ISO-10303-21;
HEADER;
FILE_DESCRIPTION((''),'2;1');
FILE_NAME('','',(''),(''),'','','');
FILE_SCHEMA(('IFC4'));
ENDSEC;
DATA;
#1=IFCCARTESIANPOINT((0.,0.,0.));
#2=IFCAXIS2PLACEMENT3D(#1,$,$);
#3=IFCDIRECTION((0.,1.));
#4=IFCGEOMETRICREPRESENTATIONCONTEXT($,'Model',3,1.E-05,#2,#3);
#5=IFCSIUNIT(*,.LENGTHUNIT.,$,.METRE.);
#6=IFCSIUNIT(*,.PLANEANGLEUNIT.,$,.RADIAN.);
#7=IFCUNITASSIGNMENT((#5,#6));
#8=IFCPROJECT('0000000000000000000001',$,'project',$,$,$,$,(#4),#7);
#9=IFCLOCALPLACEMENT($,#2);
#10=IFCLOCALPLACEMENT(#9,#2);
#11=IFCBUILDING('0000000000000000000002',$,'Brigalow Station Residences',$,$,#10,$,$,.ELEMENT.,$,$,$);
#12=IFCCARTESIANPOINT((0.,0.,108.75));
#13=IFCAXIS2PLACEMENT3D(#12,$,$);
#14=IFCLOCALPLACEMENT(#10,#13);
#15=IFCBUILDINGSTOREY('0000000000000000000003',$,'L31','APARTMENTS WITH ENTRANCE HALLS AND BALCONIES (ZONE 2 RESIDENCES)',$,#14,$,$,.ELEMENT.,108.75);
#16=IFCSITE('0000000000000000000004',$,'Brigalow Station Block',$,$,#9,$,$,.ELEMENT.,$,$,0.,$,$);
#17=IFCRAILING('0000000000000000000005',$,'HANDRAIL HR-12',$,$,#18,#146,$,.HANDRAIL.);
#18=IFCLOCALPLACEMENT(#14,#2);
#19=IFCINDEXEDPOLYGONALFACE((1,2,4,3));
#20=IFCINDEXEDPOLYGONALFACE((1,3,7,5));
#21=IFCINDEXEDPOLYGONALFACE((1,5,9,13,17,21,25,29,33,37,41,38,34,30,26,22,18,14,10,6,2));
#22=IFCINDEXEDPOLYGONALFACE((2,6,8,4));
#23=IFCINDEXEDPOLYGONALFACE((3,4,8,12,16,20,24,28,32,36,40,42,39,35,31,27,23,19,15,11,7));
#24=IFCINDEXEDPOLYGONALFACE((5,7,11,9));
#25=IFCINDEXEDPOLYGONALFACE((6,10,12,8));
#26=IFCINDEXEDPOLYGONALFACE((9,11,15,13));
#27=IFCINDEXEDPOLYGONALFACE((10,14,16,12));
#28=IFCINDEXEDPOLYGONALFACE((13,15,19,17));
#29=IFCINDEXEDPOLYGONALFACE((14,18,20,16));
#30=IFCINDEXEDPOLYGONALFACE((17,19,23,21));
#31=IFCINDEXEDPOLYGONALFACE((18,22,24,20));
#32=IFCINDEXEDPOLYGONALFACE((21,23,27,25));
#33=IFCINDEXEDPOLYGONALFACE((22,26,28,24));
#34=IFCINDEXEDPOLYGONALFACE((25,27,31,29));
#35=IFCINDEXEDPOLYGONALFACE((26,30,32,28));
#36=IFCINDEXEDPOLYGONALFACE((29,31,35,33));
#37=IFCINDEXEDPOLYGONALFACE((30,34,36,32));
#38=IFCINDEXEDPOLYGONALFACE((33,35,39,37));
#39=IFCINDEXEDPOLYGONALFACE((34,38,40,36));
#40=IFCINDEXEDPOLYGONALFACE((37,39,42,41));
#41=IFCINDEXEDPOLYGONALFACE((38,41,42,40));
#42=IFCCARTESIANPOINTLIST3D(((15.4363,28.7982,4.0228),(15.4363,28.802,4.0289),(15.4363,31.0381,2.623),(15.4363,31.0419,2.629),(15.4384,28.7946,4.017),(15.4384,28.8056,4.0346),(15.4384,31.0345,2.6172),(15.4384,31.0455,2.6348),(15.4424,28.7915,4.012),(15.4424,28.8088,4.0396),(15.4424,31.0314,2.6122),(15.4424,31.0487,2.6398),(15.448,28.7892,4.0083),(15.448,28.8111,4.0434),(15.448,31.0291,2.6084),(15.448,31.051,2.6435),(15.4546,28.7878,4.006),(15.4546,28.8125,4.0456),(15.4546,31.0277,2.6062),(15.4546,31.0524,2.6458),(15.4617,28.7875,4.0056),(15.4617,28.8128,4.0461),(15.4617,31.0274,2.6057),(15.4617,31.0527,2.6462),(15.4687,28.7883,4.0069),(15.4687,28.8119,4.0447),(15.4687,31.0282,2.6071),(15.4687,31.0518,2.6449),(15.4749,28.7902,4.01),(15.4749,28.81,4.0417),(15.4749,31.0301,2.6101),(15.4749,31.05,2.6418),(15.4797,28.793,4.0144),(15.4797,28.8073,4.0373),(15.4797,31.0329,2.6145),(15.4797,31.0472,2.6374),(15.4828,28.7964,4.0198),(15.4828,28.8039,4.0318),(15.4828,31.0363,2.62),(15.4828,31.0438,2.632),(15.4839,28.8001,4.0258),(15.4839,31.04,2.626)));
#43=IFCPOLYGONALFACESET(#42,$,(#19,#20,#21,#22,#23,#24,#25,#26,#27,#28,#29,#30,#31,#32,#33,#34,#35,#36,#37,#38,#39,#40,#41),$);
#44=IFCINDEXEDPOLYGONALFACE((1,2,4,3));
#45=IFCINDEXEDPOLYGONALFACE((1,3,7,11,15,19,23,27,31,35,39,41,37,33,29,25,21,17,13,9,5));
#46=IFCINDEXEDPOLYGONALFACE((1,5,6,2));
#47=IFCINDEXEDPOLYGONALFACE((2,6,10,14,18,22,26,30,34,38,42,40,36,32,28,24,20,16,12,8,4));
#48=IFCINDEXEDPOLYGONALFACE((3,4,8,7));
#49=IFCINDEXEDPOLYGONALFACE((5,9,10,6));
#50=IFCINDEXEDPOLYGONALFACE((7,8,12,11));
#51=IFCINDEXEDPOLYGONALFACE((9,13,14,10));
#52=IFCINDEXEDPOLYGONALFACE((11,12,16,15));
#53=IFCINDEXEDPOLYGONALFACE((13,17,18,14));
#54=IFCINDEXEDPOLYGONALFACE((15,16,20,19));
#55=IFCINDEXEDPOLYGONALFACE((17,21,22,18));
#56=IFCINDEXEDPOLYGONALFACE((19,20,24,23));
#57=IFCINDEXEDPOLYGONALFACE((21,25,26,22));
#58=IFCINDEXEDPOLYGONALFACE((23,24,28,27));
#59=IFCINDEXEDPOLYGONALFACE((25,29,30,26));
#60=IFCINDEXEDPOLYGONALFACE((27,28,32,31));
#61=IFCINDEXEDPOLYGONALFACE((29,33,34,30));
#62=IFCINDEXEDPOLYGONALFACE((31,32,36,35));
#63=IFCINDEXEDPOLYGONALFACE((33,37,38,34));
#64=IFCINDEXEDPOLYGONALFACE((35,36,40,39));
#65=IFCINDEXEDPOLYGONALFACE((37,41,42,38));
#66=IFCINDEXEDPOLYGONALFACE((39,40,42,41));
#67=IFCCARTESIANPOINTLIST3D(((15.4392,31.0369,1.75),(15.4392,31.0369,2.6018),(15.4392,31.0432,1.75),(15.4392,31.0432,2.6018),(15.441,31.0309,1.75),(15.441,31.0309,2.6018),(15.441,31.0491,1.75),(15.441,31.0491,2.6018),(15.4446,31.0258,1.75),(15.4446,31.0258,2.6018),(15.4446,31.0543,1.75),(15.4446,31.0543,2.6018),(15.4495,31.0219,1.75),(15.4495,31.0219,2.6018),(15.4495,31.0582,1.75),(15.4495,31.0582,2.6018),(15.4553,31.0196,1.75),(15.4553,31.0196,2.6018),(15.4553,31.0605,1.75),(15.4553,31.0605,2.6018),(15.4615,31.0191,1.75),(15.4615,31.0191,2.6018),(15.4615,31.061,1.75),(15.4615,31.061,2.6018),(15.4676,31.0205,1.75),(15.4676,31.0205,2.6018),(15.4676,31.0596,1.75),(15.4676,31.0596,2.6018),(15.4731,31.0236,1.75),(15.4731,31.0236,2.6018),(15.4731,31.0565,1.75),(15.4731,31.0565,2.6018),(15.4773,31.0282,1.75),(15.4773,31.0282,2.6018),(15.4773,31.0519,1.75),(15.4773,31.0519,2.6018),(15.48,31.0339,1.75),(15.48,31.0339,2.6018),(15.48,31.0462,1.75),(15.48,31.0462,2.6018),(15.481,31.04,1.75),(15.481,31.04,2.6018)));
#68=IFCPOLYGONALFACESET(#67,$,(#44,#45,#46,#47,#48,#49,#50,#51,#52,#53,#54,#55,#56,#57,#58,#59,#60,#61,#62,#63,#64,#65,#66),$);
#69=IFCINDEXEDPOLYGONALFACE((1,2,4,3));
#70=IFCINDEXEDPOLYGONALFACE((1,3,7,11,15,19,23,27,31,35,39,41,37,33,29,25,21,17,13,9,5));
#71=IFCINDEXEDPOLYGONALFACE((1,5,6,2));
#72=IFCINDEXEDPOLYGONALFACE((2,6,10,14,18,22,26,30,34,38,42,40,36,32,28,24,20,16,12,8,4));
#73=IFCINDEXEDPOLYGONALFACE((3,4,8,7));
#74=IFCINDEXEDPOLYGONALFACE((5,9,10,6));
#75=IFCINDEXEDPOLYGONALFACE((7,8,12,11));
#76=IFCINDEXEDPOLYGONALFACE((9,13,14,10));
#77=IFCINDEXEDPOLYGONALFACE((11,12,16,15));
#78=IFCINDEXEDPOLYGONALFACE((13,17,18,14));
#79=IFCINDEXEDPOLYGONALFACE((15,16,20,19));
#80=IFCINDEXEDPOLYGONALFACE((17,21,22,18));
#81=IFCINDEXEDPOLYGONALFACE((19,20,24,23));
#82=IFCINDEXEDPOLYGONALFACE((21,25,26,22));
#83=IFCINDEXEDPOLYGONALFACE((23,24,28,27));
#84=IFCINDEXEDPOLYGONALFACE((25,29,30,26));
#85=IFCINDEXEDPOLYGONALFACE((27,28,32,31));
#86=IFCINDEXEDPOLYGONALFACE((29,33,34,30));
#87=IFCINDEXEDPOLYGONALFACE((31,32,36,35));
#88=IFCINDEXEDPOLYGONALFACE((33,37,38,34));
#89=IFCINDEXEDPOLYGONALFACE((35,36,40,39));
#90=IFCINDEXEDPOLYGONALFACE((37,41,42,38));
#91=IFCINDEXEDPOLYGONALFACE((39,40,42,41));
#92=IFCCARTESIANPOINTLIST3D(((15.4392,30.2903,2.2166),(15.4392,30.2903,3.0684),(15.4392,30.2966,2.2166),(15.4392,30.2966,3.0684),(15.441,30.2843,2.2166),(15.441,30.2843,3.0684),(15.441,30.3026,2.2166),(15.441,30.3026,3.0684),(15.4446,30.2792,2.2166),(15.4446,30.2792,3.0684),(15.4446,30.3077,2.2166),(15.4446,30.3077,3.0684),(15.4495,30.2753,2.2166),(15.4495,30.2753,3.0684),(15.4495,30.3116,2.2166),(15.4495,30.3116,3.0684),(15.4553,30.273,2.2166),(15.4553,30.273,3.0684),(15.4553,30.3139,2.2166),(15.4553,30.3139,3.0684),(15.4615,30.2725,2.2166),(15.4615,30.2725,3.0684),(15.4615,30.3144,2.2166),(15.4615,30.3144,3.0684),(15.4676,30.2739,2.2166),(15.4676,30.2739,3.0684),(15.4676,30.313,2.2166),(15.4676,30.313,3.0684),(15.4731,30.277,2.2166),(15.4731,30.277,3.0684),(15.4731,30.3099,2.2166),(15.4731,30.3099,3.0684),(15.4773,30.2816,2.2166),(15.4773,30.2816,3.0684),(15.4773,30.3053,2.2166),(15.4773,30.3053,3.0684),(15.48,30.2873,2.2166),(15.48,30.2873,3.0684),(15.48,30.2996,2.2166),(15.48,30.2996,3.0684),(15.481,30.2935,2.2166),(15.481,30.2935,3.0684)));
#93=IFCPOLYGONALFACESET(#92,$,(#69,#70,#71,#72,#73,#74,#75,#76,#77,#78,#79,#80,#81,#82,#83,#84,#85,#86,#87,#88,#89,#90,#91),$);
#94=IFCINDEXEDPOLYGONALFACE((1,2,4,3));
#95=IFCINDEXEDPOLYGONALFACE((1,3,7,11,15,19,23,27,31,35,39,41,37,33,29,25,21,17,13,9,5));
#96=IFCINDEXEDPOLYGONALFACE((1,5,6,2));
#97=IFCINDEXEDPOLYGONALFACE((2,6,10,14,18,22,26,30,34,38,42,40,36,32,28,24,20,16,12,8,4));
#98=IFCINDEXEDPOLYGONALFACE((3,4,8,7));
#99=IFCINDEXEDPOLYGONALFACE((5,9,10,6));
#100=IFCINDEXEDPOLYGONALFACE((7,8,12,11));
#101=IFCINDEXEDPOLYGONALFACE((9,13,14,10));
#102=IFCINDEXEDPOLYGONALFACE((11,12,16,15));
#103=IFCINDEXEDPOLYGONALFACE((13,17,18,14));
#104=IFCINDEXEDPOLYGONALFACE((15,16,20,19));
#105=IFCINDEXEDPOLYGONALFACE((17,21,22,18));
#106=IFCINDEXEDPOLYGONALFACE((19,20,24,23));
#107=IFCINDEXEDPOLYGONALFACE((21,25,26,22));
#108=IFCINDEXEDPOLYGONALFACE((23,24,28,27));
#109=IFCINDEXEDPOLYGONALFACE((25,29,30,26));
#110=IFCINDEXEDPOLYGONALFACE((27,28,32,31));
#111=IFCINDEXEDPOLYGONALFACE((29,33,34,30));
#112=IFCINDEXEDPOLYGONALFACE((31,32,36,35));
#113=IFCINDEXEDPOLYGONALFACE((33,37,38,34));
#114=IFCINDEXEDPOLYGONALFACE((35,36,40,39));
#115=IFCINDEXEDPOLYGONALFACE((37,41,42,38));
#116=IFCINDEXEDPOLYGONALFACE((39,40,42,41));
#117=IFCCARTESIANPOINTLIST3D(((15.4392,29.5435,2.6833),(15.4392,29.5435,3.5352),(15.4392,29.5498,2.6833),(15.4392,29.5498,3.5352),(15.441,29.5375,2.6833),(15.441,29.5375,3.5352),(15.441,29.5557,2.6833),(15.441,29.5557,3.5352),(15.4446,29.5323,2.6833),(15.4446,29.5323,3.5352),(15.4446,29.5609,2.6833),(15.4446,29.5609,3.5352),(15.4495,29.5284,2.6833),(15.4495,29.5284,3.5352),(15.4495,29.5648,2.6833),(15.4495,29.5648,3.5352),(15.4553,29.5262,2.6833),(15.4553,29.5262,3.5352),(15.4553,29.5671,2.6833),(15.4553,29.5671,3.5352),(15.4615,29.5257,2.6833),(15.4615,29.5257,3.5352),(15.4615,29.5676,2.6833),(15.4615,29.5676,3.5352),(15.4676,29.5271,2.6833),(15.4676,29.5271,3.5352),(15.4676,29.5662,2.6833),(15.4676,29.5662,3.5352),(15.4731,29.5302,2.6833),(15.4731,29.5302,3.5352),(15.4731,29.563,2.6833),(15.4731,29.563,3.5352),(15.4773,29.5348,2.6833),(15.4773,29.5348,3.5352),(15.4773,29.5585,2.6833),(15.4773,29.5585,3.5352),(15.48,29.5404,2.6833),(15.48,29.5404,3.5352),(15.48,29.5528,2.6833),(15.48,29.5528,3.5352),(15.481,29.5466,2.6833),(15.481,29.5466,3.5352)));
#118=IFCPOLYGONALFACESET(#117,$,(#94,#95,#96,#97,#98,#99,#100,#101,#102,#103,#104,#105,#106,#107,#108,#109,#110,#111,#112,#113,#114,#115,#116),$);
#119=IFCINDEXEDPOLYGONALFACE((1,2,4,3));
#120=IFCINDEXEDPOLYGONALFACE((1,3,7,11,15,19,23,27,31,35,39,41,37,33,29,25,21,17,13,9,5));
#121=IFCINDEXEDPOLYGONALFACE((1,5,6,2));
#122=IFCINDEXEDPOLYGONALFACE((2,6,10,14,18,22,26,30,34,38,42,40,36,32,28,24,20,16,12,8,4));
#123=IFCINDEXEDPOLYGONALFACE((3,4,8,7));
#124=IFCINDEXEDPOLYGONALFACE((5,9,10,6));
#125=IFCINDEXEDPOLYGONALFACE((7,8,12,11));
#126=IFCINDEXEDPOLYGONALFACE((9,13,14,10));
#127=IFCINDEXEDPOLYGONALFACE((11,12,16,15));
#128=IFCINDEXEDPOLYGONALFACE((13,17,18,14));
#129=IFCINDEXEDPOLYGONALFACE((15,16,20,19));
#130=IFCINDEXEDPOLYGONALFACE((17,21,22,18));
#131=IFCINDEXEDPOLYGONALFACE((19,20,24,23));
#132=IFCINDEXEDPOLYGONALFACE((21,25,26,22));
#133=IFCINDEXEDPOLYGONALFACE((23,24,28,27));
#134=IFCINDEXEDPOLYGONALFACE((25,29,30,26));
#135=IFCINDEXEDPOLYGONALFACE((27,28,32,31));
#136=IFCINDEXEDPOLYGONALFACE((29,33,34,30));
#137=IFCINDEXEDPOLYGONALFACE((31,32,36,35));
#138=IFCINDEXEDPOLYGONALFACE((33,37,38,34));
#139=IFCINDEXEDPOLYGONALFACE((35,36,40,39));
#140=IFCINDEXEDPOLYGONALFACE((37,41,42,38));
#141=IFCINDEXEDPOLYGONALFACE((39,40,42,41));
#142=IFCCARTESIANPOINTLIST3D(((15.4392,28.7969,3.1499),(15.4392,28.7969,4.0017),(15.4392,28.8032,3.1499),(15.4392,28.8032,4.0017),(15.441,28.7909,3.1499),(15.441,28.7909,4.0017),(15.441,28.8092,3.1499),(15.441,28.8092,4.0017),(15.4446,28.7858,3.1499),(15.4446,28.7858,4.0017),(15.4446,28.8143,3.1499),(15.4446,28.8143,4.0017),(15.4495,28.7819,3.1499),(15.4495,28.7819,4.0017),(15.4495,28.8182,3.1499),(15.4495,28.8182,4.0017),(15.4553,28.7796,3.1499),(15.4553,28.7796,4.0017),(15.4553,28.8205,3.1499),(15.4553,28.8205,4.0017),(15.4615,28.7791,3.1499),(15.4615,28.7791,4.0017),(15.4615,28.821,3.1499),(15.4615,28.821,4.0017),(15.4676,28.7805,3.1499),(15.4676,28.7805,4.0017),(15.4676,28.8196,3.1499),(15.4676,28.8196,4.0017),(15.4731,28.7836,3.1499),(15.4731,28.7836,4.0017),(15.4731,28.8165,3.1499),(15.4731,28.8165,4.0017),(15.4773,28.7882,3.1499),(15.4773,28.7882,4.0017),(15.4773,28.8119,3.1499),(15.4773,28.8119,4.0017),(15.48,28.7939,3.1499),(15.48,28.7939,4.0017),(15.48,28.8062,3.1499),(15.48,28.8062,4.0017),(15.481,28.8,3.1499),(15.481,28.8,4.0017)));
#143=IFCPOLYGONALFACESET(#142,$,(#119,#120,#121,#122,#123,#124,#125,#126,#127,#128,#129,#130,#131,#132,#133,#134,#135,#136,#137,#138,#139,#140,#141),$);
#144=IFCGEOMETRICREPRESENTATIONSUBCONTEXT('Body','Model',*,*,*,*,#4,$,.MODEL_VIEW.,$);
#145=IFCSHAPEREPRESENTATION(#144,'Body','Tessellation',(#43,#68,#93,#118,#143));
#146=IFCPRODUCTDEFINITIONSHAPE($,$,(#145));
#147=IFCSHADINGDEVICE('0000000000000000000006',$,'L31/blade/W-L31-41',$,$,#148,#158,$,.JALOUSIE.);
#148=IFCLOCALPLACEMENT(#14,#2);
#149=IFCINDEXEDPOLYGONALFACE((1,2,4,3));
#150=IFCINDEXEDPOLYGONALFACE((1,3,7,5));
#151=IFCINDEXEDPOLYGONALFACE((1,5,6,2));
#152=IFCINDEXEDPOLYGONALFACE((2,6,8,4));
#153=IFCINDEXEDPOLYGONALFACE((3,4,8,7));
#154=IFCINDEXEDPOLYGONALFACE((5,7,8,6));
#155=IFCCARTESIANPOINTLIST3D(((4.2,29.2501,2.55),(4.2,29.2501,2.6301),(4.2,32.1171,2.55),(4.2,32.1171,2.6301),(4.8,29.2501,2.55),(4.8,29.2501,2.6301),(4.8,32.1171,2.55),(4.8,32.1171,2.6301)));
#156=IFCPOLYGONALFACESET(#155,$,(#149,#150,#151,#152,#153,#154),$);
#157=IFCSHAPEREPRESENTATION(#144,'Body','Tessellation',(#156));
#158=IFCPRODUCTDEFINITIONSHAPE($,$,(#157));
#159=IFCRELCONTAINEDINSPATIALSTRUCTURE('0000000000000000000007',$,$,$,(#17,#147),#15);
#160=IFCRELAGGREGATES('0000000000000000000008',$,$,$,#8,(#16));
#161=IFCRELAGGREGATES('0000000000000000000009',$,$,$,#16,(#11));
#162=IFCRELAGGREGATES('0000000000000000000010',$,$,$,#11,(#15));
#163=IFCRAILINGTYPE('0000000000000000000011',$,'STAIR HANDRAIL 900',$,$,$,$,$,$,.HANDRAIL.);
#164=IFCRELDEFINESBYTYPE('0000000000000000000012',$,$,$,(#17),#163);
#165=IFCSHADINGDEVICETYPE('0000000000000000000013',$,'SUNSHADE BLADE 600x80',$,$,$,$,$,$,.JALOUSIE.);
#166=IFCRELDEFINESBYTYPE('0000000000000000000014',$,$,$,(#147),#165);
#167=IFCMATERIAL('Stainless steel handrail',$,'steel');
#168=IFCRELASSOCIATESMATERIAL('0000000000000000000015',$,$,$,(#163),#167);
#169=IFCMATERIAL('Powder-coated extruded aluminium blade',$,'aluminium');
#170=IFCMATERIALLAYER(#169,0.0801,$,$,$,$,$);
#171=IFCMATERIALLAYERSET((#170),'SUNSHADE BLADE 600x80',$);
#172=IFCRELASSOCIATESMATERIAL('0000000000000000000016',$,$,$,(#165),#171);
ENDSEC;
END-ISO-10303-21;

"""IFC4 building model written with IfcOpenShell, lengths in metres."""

from ifc_helpers import new_model, si_unit, direction, frame, origin, origin_2d, place, context, subcontext, project, spatial, rectangle, circle, extrude, material, layer, layer_set, type_object, element, save


model = new_model("IFC4")

# Units and contexts
model_context = context("Model", 3, precision=1e-05, world=origin(), true_north=direction((0.0, 1.0)))
body_context = subcontext(model_context, "Body", "Model", "MODEL_VIEW")
ifc_project = project(units=[si_unit("LENGTHUNIT", "METRE"), si_unit("PLANEANGLEUNIT", "RADIAN")], contexts=[model_context])

# Site, building, storey
site_placement = place(None, origin())
site = spatial("IfcSite", under=ifc_project, at=site_placement, Name="Brigalow Station Block", CompositionType="ELEMENT", RefElevation=0.0)
building_placement = place(site_placement, origin())
building = spatial("IfcBuilding", under=site, at=building_placement, Name="Brigalow Station Residences", CompositionType="ELEMENT")
storey_placement = place(building_placement, frame((0.0, 0.0, 108.75)))
storey = spatial("IfcBuildingStorey", under=building, at=storey_placement, Name="L31", Description="APARTMENTS WITH ENTRANCE HALLS AND BALCONIES (ZONE 2 RESIDENCES)", CompositionType="ELEMENT", Elevation=108.75)

# Railing
ifc_material_1 = material(Name="Stainless steel handrail", Category="steel")
railing_type_1 = type_object("IfcRailingType", Name="STAIR HANDRAIL 900", PredefinedType="HANDRAIL", material=ifc_material_1)
railing_1_placement = place(storey_placement, frame((15.46, 31.04, 1.75)))
element("IfcRailing", 1, at=railing_1_placement, inside=storey, type_object=railing_type_1, Name="HANDRAIL HR-12", PredefinedType="HANDRAIL", context=body_context, shape_type="SweptSolid", body=[
    extrude(circle(Radius=0.0239, at=origin_2d()), frame((0.0, 0.0, 0.876), z_axis=(0.0, -0.848014, 0.529974), x_axis=(1.0, 0.0, 0.0)), (0.0, 0.0, 1.0), 2.6414),
    extrude(circle(Radius=0.021, at=origin_2d()), origin(), (0.0, 0.0, 1.0), 0.8518),
    extrude(circle(Radius=0.021, at=origin_2d()), frame((0.0, -0.7466, 0.4666)), (0.0, 0.0, 1.0), 0.8518),
    extrude(circle(Radius=0.021, at=origin_2d()), frame((0.0, -1.4934, 0.9333)), (0.0, 0.0, 1.0), 0.8518),
    extrude(circle(Radius=0.021, at=origin_2d()), frame((0.0, -2.24, 1.3999)), (0.0, 0.0, 1.0), 0.8518),
])

# Shading device
ifc_material_2 = material(Name="Powder-coated extruded aluminium blade", Category="aluminium")
ifc_layer_1 = layer(ifc_material_2, 0.0801)
ifc_layer_set_1 = layer_set([ifc_layer_1], Name="SUNSHADE BLADE 600x80")
shading_device_type = type_object("IfcShadingDeviceType", Name="SUNSHADE BLADE 600x80", PredefinedType="JALOUSIE", material=ifc_layer_set_1)
shading_device_placement = place(storey_placement, frame((4.5, 30.6836, 2.55), z_axis=(0.0, 0.0, 1.0), x_axis=(0.0, -1.0, 0.0)))
element("IfcShadingDevice", 2, at=shading_device_placement, inside=storey, type_object=shading_device_type, Name="L31/blade/W-L31-41", PredefinedType="JALOUSIE", context=body_context, shape_type="SweptSolid", body=[
    extrude(rectangle(XDim=2.8669, YDim=0.6001, at=origin_2d()), origin(), (0.0, 0.0, 1.0), 0.0801),
])

save(model, "model.ifc")
